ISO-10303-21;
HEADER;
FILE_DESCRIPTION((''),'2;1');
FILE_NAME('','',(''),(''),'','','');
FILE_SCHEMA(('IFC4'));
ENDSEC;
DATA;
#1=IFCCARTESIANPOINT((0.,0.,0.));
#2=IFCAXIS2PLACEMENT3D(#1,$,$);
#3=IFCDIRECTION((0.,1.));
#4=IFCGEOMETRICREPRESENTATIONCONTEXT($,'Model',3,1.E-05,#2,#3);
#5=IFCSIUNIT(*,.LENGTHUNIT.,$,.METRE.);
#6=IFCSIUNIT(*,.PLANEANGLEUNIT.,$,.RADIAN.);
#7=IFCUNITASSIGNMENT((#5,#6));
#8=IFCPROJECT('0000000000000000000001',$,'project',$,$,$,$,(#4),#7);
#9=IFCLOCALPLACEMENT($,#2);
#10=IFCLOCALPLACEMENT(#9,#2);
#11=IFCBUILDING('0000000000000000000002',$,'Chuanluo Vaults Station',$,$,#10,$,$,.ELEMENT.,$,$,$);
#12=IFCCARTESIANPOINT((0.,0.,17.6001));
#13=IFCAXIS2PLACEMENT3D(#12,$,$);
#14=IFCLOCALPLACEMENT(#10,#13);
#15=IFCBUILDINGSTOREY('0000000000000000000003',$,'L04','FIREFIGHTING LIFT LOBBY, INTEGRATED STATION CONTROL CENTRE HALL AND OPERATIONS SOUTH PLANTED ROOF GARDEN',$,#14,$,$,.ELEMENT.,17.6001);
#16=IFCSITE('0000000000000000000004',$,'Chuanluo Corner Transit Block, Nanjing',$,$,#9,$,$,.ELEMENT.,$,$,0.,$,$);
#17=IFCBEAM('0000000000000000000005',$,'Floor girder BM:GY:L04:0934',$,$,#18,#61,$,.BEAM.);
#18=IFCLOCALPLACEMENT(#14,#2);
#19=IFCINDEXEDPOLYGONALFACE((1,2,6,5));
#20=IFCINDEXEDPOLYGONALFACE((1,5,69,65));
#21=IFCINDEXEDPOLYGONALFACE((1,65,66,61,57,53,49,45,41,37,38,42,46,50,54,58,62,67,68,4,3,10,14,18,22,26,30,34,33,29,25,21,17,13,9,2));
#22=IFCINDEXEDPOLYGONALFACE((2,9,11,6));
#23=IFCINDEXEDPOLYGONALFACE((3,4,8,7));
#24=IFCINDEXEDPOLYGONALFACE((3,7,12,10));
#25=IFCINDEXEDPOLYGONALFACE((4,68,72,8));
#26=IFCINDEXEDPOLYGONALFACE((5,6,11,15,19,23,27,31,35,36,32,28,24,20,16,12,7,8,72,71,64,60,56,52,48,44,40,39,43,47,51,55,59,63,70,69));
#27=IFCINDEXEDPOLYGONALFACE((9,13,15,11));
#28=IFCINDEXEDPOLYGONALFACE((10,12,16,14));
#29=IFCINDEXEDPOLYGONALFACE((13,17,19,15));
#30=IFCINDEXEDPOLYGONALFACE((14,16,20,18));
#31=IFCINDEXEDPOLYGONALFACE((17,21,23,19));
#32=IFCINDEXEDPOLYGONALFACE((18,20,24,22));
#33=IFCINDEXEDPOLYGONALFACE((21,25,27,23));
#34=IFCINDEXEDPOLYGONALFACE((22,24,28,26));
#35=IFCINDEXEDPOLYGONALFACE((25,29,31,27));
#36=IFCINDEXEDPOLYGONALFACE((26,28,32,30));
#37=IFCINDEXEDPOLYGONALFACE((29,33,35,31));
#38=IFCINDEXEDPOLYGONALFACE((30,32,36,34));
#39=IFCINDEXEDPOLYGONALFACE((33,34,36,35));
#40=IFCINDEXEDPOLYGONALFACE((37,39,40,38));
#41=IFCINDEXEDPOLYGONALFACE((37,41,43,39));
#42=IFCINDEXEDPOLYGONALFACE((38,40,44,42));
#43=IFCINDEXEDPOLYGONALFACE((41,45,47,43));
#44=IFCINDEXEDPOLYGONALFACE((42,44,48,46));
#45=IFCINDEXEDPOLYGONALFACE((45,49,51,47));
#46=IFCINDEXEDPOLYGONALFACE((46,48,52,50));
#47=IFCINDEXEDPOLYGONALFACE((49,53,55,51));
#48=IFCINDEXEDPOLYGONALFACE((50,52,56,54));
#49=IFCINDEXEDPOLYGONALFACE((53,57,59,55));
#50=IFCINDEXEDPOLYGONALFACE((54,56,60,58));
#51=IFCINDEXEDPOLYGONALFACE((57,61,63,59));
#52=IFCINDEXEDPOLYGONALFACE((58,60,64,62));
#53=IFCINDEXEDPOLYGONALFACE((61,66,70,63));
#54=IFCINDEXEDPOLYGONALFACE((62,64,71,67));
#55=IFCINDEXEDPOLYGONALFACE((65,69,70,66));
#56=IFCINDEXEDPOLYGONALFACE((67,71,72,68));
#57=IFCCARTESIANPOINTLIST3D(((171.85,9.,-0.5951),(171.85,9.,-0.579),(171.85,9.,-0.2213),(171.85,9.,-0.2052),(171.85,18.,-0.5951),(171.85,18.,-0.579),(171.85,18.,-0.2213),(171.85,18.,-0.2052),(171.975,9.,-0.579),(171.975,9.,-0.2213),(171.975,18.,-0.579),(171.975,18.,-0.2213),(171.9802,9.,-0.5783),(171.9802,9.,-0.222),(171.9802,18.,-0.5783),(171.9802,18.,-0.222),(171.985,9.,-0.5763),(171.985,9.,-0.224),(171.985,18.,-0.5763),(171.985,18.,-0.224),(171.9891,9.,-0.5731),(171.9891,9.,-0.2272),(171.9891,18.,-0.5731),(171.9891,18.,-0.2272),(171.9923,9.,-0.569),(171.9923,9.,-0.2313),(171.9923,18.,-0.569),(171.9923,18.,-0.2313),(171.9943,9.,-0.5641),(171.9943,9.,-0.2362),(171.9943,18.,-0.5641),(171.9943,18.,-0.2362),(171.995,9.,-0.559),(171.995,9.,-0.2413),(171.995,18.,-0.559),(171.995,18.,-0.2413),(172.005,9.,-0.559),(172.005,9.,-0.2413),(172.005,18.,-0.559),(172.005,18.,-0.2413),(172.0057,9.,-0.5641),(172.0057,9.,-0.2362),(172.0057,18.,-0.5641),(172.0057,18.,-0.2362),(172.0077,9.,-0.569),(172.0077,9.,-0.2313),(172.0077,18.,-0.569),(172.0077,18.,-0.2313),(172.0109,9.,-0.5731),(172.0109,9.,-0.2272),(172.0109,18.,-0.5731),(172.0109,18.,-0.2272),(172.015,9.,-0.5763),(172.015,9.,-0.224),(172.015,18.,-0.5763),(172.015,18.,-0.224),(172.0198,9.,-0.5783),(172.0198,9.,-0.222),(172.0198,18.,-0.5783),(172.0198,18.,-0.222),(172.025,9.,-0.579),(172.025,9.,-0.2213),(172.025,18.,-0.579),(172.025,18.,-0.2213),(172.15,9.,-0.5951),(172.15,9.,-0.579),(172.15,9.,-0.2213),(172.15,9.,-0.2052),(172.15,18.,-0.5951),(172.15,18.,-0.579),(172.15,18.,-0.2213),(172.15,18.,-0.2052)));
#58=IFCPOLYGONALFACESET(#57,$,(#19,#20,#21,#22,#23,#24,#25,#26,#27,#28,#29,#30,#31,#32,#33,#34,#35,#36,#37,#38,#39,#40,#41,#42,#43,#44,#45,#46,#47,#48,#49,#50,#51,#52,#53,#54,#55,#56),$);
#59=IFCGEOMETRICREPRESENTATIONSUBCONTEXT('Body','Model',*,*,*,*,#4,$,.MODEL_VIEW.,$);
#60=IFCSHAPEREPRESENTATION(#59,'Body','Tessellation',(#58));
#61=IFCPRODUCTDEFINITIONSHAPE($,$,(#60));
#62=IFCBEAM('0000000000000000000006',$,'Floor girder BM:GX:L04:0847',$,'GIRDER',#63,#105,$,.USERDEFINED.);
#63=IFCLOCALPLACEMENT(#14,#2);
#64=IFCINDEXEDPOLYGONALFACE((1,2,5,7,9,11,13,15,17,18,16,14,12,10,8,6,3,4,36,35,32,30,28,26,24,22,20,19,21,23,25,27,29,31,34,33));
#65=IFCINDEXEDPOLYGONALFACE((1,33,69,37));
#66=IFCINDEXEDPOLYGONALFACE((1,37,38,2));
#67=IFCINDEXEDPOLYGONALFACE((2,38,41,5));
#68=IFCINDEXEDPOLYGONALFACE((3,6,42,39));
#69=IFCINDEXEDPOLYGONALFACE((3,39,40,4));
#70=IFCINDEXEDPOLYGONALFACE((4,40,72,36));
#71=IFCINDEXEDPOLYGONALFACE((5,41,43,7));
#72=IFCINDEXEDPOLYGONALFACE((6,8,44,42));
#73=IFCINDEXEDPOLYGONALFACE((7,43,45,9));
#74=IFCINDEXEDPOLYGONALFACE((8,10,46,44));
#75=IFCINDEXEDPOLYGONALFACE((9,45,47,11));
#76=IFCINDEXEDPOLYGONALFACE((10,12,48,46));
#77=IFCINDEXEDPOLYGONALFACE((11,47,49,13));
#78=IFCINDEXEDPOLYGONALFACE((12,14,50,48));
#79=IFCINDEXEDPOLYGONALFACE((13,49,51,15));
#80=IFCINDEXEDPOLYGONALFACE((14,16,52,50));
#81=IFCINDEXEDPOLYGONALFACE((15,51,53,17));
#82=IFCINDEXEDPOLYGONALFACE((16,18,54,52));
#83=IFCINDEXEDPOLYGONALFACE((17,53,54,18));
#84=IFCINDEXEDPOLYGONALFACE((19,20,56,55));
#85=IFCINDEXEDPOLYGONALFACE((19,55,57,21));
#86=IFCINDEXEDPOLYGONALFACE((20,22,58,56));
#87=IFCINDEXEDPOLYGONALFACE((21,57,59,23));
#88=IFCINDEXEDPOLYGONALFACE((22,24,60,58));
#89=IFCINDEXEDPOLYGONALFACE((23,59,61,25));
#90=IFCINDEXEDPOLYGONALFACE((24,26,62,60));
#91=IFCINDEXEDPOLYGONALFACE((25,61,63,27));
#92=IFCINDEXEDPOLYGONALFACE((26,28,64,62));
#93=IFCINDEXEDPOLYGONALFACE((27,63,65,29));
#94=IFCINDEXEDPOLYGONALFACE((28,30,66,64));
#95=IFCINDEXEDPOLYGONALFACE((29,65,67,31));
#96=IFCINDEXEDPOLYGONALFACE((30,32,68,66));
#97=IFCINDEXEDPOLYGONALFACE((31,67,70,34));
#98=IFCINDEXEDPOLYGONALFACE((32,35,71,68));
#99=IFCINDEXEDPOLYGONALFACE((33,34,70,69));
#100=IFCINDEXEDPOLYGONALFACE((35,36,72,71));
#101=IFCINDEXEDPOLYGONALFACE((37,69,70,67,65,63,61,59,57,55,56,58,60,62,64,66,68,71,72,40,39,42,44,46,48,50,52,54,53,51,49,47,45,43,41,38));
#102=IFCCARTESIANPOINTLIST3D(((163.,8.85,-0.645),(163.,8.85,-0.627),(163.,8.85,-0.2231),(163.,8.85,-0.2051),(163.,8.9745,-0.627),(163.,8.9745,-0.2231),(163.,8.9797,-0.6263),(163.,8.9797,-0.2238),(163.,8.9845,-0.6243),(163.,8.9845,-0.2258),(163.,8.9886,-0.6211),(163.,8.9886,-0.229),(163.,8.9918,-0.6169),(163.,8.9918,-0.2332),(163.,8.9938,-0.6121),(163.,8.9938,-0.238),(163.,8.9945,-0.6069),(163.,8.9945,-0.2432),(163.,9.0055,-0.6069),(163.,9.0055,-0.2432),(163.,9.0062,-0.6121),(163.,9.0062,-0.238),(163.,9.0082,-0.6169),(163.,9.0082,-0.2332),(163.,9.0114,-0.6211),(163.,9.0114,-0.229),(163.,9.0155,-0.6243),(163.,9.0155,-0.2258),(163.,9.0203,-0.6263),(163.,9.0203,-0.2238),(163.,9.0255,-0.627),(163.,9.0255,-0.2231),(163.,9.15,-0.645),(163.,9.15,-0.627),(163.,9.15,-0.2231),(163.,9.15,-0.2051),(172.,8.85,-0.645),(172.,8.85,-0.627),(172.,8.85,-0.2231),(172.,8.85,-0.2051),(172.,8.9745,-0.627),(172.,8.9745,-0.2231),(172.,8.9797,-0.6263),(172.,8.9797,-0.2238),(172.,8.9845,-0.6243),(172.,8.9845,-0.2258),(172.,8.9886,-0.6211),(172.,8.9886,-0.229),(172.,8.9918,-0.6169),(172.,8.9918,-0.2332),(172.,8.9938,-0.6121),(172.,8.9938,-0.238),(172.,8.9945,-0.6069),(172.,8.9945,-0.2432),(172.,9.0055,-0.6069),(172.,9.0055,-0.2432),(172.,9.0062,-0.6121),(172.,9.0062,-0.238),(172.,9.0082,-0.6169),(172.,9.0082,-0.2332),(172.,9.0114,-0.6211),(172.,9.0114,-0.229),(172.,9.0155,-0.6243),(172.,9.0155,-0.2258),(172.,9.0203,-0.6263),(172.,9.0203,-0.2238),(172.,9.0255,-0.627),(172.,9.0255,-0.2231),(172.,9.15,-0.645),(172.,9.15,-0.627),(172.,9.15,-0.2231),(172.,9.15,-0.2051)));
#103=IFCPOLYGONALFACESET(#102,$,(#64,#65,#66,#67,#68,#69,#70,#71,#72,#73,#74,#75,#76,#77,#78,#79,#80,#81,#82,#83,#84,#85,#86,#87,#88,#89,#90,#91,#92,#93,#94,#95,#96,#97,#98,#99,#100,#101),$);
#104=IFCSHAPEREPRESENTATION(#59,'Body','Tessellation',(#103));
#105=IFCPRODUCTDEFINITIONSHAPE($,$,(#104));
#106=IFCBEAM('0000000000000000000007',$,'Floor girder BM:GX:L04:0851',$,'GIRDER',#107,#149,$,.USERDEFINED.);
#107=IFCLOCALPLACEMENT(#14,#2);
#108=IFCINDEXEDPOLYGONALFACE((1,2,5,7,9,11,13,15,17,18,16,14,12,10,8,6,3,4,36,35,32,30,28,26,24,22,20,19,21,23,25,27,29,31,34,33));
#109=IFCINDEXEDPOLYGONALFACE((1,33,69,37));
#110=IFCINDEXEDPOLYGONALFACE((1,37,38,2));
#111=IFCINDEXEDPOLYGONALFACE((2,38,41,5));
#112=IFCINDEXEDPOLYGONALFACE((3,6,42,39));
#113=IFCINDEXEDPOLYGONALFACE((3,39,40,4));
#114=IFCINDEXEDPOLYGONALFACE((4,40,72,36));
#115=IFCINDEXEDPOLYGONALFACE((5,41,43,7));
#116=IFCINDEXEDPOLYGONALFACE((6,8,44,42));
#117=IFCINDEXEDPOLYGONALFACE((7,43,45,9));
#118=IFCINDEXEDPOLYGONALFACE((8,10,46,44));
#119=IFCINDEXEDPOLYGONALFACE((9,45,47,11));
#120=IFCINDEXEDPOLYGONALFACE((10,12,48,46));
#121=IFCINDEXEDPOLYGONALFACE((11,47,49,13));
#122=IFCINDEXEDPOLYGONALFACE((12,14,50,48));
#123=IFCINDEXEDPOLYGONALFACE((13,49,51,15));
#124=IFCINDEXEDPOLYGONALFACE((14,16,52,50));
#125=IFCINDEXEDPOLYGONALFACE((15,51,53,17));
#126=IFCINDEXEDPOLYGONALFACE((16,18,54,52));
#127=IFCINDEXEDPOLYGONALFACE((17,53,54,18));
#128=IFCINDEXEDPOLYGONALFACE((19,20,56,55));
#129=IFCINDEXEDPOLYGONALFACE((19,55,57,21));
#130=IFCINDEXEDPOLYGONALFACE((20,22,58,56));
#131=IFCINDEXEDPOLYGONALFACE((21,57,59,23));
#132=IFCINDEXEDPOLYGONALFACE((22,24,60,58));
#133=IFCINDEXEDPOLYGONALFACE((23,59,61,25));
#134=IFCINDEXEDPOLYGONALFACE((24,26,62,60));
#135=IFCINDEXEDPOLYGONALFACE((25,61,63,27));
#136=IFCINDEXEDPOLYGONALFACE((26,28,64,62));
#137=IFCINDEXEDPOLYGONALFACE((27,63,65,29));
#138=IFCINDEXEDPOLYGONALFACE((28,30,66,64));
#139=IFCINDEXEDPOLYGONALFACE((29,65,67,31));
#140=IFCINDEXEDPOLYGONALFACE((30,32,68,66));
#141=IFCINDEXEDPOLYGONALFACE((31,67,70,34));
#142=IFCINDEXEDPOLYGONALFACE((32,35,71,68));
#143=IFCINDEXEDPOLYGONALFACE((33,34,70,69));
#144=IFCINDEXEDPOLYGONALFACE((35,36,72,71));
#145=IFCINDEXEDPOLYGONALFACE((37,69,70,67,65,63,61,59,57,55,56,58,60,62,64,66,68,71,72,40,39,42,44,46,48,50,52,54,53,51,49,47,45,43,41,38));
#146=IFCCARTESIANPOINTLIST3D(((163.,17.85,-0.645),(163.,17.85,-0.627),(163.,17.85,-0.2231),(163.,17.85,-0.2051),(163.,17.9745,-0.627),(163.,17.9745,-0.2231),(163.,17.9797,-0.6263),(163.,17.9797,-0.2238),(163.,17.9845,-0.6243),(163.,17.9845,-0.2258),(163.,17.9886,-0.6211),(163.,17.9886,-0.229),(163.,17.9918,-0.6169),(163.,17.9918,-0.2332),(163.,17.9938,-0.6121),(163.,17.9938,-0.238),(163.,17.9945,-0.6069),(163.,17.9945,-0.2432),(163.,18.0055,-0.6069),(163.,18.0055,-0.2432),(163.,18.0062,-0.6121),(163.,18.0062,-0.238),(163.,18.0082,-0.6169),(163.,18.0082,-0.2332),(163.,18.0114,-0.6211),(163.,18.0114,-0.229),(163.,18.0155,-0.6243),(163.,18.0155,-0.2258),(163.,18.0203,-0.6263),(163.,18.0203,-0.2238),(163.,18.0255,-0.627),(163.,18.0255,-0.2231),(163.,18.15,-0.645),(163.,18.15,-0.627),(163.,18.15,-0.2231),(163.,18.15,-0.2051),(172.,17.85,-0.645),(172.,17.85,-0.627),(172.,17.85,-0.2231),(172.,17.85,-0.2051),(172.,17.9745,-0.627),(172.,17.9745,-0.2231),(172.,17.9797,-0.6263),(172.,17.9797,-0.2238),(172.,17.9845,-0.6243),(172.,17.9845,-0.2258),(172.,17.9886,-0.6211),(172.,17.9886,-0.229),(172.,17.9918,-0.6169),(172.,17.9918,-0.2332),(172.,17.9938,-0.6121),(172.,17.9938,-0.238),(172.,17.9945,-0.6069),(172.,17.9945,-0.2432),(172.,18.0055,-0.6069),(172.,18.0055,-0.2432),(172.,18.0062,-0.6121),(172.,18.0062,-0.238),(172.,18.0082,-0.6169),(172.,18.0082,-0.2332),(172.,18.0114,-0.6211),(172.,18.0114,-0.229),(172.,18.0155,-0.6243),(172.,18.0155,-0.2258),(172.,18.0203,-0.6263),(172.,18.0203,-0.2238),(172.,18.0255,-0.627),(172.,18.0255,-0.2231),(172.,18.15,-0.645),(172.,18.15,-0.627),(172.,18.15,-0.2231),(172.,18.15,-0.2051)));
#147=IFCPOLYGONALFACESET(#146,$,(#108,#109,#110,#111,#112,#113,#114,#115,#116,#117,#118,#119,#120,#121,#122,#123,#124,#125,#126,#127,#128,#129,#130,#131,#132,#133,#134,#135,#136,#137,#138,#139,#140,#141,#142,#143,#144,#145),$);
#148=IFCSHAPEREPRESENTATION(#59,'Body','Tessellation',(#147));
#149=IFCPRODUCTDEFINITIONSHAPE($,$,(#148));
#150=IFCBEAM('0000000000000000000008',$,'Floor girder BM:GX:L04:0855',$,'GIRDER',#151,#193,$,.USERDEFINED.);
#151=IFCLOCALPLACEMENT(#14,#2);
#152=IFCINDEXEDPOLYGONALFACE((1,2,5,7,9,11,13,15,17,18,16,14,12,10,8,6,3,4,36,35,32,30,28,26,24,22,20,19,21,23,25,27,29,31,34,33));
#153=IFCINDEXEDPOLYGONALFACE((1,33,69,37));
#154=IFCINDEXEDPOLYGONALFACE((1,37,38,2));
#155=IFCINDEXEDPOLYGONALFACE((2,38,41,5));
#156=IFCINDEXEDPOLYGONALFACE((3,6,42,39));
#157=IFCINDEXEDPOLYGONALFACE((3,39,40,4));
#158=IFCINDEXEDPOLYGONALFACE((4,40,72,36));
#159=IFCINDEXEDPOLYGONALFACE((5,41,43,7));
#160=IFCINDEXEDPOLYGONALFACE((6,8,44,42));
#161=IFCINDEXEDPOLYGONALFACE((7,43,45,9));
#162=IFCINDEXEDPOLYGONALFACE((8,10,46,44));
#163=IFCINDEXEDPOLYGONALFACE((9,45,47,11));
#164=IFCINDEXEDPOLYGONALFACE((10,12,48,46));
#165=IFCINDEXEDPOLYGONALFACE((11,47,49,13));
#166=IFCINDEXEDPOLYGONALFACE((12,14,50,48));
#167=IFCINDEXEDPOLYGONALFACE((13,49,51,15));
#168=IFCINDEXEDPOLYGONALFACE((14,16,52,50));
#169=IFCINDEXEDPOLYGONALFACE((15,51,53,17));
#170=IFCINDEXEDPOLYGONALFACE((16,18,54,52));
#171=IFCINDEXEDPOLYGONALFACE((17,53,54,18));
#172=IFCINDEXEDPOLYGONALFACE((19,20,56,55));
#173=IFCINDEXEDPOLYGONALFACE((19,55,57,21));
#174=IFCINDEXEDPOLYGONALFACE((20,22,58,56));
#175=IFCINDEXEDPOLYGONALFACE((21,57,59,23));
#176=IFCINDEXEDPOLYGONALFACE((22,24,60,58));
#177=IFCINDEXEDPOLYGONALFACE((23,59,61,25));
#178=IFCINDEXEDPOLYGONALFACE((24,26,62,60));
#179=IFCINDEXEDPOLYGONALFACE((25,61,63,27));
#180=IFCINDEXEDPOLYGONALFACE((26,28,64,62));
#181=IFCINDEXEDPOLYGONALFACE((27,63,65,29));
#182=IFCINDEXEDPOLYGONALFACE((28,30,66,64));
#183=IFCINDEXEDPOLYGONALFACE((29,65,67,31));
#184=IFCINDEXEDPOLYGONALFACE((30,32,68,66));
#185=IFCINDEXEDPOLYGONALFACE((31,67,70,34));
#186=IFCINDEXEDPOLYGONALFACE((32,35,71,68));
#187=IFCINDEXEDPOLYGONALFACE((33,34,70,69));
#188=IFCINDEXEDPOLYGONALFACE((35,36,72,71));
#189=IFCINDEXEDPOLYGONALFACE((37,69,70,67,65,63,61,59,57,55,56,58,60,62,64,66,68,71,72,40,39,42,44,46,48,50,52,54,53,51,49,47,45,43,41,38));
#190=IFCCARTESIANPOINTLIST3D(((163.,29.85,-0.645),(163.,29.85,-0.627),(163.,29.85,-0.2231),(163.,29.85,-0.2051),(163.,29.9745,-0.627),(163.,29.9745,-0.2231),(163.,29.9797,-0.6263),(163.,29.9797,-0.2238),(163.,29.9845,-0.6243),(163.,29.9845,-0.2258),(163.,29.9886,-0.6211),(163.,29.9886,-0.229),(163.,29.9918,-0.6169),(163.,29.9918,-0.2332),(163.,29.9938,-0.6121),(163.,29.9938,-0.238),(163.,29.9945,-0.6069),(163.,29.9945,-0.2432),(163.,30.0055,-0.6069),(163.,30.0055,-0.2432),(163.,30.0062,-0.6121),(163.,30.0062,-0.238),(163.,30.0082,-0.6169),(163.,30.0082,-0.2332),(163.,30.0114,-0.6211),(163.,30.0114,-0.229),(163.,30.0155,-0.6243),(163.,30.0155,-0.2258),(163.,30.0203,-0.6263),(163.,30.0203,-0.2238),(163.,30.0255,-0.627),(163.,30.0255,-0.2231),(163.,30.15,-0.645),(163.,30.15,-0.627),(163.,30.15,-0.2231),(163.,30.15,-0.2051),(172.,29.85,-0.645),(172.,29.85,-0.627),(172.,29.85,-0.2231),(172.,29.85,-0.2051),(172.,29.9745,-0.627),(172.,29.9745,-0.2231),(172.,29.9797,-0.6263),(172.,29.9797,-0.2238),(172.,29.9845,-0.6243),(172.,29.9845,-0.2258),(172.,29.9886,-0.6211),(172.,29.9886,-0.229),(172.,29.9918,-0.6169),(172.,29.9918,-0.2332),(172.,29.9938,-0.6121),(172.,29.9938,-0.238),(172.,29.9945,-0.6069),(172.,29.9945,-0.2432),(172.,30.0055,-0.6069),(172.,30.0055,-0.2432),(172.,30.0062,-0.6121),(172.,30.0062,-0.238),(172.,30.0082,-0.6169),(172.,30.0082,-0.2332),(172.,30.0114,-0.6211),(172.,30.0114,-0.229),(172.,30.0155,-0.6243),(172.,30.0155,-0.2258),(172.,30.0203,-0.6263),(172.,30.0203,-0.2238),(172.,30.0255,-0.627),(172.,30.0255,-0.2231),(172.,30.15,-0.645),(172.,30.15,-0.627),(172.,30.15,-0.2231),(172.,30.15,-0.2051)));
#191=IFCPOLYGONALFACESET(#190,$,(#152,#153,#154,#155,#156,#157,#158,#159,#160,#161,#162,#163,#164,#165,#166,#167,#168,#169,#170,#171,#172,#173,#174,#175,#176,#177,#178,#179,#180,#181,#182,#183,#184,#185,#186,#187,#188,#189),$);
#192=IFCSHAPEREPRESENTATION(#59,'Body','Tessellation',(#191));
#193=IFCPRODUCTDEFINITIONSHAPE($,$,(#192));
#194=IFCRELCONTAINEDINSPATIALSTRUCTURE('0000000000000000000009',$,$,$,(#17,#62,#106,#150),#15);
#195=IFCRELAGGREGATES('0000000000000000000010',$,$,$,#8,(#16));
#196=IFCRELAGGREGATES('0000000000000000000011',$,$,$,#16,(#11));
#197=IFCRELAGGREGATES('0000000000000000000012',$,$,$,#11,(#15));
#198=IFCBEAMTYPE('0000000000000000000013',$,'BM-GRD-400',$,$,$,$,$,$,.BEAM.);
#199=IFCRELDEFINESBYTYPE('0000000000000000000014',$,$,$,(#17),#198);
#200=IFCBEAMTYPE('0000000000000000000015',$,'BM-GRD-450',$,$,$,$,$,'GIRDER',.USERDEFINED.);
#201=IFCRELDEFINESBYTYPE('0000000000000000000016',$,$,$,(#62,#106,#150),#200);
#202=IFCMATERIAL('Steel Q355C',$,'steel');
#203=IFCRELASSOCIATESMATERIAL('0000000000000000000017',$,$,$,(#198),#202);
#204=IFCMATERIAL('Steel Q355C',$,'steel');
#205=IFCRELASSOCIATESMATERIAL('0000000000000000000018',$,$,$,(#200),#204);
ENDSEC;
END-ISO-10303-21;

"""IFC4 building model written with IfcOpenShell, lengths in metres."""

from ifc_helpers import new_model, si_unit, direction, frame, origin, origin_2d, place, context, subcontext, project, spatial, i_section, extrude, material, material_profile, profile_set, type_object, element, save


model = new_model("IFC4")

# Units and contexts
model_context = context("Model", 3, precision=1e-05, world=origin(), true_north=direction((0.0, 1.0)))
body_context = subcontext(model_context, "Body", "Model", "MODEL_VIEW")
ifc_project = project(units=[si_unit("LENGTHUNIT", "METRE"), si_unit("PLANEANGLEUNIT", "RADIAN")], contexts=[model_context])

# Site, building, storey
site_placement = place(None, origin())
site = spatial("IfcSite", under=ifc_project, at=site_placement, Name="Chuanluo Corner Transit Block, Nanjing", CompositionType="ELEMENT", RefElevation=0.0)
building_placement = place(site_placement, origin())
building = spatial("IfcBuilding", under=site, at=building_placement, Name="Chuanluo Vaults Station", CompositionType="ELEMENT")
storey_placement = place(building_placement, frame((0.0, 0.0, 17.6001)))
storey = spatial("IfcBuildingStorey", under=building, at=storey_placement, Name="L04", Description="FIREFIGHTING LIFT LOBBY, INTEGRATED STATION CONTROL CENTRE HALL AND OPERATIONS SOUTH PLANTED ROOF GARDEN", CompositionType="ELEMENT", Elevation=17.6001)

# Beams
ifc_material_1 = material(Name="Steel Q355C", Category="steel")
ifc_material_profile_1 = material_profile(ifc_material_1, i_section(OverallWidth=0.3, OverallDepth=0.3899, WebThickness=0.01, FlangeThickness=0.0161, FilletRadius=0.02, at=origin_2d()))
ifc_profile_set_1 = profile_set([ifc_material_profile_1], Name="Steel Q355C")
beam_type_1 = type_object("IfcBeamType", Name="BM-GRD-400", PredefinedType="BEAM", material=ifc_profile_set_1)
for number, where, z_axis, x_axis, name in (
    (1, (172.0, 9.0, -0.4001), (0.0, 1.0, 0.0), (-1.0, 0.0, 0.0), "Floor girder BM:GY:L04:0934"),
):
    element("IfcBeam", number, at=place(storey_placement, frame(where, z_axis=z_axis, x_axis=x_axis)), inside=storey, type_object=beam_type_1, Name=name, PredefinedType="BEAM", context=body_context, shape_type="SweptSolid", body=[
        extrude(i_section(OverallWidth=0.3, OverallDepth=0.3899, WebThickness=0.01, FlangeThickness=0.0161, FilletRadius=0.02, at=origin_2d()), origin(), (0.0, 0.0, 1.0), 9.0),
    ])
ifc_material_2 = material(Name="Steel Q355C", Category="steel")
ifc_material_profile_2 = material_profile(ifc_material_2, i_section(OverallWidth=0.3, OverallDepth=0.4399, WebThickness=0.011, FlangeThickness=0.0181, FilletRadius=0.02, at=origin_2d()))
ifc_profile_set_2 = profile_set([ifc_material_profile_2], Name="Steel Q355C")
beam_type_2 = type_object("IfcBeamType", Name="BM-GRD-450", ElementType="GIRDER", PredefinedType="USERDEFINED", material=ifc_profile_set_2)
for number, where, z_axis, x_axis, name in (
    (2, (163.0, 9.0, -0.425), (1.0, 0.0, 0.0), (0.0, 1.0, 0.0), "Floor girder BM:GX:L04:0847"),
    (3, (163.0, 18.0, -0.425), (1.0, 0.0, 0.0), (0.0, 1.0, 0.0), "Floor girder BM:GX:L04:0851"),
    (4, (163.0, 30.0, -0.425), (1.0, 0.0, 0.0), (0.0, 1.0, 0.0), "Floor girder BM:GX:L04:0855"),
):
    element("IfcBeam", number, at=place(storey_placement, frame(where, z_axis=z_axis, x_axis=x_axis)), inside=storey, type_object=beam_type_2, Name=name, ObjectType="GIRDER", PredefinedType="USERDEFINED", context=body_context, shape_type="SweptSolid", body=[
        extrude(i_section(OverallWidth=0.3, OverallDepth=0.4399, WebThickness=0.011, FlangeThickness=0.0181, FilletRadius=0.02, at=origin_2d()), origin(), (0.0, 0.0, 1.0), 9.0),
    ])

save(model, "model.ifc")
